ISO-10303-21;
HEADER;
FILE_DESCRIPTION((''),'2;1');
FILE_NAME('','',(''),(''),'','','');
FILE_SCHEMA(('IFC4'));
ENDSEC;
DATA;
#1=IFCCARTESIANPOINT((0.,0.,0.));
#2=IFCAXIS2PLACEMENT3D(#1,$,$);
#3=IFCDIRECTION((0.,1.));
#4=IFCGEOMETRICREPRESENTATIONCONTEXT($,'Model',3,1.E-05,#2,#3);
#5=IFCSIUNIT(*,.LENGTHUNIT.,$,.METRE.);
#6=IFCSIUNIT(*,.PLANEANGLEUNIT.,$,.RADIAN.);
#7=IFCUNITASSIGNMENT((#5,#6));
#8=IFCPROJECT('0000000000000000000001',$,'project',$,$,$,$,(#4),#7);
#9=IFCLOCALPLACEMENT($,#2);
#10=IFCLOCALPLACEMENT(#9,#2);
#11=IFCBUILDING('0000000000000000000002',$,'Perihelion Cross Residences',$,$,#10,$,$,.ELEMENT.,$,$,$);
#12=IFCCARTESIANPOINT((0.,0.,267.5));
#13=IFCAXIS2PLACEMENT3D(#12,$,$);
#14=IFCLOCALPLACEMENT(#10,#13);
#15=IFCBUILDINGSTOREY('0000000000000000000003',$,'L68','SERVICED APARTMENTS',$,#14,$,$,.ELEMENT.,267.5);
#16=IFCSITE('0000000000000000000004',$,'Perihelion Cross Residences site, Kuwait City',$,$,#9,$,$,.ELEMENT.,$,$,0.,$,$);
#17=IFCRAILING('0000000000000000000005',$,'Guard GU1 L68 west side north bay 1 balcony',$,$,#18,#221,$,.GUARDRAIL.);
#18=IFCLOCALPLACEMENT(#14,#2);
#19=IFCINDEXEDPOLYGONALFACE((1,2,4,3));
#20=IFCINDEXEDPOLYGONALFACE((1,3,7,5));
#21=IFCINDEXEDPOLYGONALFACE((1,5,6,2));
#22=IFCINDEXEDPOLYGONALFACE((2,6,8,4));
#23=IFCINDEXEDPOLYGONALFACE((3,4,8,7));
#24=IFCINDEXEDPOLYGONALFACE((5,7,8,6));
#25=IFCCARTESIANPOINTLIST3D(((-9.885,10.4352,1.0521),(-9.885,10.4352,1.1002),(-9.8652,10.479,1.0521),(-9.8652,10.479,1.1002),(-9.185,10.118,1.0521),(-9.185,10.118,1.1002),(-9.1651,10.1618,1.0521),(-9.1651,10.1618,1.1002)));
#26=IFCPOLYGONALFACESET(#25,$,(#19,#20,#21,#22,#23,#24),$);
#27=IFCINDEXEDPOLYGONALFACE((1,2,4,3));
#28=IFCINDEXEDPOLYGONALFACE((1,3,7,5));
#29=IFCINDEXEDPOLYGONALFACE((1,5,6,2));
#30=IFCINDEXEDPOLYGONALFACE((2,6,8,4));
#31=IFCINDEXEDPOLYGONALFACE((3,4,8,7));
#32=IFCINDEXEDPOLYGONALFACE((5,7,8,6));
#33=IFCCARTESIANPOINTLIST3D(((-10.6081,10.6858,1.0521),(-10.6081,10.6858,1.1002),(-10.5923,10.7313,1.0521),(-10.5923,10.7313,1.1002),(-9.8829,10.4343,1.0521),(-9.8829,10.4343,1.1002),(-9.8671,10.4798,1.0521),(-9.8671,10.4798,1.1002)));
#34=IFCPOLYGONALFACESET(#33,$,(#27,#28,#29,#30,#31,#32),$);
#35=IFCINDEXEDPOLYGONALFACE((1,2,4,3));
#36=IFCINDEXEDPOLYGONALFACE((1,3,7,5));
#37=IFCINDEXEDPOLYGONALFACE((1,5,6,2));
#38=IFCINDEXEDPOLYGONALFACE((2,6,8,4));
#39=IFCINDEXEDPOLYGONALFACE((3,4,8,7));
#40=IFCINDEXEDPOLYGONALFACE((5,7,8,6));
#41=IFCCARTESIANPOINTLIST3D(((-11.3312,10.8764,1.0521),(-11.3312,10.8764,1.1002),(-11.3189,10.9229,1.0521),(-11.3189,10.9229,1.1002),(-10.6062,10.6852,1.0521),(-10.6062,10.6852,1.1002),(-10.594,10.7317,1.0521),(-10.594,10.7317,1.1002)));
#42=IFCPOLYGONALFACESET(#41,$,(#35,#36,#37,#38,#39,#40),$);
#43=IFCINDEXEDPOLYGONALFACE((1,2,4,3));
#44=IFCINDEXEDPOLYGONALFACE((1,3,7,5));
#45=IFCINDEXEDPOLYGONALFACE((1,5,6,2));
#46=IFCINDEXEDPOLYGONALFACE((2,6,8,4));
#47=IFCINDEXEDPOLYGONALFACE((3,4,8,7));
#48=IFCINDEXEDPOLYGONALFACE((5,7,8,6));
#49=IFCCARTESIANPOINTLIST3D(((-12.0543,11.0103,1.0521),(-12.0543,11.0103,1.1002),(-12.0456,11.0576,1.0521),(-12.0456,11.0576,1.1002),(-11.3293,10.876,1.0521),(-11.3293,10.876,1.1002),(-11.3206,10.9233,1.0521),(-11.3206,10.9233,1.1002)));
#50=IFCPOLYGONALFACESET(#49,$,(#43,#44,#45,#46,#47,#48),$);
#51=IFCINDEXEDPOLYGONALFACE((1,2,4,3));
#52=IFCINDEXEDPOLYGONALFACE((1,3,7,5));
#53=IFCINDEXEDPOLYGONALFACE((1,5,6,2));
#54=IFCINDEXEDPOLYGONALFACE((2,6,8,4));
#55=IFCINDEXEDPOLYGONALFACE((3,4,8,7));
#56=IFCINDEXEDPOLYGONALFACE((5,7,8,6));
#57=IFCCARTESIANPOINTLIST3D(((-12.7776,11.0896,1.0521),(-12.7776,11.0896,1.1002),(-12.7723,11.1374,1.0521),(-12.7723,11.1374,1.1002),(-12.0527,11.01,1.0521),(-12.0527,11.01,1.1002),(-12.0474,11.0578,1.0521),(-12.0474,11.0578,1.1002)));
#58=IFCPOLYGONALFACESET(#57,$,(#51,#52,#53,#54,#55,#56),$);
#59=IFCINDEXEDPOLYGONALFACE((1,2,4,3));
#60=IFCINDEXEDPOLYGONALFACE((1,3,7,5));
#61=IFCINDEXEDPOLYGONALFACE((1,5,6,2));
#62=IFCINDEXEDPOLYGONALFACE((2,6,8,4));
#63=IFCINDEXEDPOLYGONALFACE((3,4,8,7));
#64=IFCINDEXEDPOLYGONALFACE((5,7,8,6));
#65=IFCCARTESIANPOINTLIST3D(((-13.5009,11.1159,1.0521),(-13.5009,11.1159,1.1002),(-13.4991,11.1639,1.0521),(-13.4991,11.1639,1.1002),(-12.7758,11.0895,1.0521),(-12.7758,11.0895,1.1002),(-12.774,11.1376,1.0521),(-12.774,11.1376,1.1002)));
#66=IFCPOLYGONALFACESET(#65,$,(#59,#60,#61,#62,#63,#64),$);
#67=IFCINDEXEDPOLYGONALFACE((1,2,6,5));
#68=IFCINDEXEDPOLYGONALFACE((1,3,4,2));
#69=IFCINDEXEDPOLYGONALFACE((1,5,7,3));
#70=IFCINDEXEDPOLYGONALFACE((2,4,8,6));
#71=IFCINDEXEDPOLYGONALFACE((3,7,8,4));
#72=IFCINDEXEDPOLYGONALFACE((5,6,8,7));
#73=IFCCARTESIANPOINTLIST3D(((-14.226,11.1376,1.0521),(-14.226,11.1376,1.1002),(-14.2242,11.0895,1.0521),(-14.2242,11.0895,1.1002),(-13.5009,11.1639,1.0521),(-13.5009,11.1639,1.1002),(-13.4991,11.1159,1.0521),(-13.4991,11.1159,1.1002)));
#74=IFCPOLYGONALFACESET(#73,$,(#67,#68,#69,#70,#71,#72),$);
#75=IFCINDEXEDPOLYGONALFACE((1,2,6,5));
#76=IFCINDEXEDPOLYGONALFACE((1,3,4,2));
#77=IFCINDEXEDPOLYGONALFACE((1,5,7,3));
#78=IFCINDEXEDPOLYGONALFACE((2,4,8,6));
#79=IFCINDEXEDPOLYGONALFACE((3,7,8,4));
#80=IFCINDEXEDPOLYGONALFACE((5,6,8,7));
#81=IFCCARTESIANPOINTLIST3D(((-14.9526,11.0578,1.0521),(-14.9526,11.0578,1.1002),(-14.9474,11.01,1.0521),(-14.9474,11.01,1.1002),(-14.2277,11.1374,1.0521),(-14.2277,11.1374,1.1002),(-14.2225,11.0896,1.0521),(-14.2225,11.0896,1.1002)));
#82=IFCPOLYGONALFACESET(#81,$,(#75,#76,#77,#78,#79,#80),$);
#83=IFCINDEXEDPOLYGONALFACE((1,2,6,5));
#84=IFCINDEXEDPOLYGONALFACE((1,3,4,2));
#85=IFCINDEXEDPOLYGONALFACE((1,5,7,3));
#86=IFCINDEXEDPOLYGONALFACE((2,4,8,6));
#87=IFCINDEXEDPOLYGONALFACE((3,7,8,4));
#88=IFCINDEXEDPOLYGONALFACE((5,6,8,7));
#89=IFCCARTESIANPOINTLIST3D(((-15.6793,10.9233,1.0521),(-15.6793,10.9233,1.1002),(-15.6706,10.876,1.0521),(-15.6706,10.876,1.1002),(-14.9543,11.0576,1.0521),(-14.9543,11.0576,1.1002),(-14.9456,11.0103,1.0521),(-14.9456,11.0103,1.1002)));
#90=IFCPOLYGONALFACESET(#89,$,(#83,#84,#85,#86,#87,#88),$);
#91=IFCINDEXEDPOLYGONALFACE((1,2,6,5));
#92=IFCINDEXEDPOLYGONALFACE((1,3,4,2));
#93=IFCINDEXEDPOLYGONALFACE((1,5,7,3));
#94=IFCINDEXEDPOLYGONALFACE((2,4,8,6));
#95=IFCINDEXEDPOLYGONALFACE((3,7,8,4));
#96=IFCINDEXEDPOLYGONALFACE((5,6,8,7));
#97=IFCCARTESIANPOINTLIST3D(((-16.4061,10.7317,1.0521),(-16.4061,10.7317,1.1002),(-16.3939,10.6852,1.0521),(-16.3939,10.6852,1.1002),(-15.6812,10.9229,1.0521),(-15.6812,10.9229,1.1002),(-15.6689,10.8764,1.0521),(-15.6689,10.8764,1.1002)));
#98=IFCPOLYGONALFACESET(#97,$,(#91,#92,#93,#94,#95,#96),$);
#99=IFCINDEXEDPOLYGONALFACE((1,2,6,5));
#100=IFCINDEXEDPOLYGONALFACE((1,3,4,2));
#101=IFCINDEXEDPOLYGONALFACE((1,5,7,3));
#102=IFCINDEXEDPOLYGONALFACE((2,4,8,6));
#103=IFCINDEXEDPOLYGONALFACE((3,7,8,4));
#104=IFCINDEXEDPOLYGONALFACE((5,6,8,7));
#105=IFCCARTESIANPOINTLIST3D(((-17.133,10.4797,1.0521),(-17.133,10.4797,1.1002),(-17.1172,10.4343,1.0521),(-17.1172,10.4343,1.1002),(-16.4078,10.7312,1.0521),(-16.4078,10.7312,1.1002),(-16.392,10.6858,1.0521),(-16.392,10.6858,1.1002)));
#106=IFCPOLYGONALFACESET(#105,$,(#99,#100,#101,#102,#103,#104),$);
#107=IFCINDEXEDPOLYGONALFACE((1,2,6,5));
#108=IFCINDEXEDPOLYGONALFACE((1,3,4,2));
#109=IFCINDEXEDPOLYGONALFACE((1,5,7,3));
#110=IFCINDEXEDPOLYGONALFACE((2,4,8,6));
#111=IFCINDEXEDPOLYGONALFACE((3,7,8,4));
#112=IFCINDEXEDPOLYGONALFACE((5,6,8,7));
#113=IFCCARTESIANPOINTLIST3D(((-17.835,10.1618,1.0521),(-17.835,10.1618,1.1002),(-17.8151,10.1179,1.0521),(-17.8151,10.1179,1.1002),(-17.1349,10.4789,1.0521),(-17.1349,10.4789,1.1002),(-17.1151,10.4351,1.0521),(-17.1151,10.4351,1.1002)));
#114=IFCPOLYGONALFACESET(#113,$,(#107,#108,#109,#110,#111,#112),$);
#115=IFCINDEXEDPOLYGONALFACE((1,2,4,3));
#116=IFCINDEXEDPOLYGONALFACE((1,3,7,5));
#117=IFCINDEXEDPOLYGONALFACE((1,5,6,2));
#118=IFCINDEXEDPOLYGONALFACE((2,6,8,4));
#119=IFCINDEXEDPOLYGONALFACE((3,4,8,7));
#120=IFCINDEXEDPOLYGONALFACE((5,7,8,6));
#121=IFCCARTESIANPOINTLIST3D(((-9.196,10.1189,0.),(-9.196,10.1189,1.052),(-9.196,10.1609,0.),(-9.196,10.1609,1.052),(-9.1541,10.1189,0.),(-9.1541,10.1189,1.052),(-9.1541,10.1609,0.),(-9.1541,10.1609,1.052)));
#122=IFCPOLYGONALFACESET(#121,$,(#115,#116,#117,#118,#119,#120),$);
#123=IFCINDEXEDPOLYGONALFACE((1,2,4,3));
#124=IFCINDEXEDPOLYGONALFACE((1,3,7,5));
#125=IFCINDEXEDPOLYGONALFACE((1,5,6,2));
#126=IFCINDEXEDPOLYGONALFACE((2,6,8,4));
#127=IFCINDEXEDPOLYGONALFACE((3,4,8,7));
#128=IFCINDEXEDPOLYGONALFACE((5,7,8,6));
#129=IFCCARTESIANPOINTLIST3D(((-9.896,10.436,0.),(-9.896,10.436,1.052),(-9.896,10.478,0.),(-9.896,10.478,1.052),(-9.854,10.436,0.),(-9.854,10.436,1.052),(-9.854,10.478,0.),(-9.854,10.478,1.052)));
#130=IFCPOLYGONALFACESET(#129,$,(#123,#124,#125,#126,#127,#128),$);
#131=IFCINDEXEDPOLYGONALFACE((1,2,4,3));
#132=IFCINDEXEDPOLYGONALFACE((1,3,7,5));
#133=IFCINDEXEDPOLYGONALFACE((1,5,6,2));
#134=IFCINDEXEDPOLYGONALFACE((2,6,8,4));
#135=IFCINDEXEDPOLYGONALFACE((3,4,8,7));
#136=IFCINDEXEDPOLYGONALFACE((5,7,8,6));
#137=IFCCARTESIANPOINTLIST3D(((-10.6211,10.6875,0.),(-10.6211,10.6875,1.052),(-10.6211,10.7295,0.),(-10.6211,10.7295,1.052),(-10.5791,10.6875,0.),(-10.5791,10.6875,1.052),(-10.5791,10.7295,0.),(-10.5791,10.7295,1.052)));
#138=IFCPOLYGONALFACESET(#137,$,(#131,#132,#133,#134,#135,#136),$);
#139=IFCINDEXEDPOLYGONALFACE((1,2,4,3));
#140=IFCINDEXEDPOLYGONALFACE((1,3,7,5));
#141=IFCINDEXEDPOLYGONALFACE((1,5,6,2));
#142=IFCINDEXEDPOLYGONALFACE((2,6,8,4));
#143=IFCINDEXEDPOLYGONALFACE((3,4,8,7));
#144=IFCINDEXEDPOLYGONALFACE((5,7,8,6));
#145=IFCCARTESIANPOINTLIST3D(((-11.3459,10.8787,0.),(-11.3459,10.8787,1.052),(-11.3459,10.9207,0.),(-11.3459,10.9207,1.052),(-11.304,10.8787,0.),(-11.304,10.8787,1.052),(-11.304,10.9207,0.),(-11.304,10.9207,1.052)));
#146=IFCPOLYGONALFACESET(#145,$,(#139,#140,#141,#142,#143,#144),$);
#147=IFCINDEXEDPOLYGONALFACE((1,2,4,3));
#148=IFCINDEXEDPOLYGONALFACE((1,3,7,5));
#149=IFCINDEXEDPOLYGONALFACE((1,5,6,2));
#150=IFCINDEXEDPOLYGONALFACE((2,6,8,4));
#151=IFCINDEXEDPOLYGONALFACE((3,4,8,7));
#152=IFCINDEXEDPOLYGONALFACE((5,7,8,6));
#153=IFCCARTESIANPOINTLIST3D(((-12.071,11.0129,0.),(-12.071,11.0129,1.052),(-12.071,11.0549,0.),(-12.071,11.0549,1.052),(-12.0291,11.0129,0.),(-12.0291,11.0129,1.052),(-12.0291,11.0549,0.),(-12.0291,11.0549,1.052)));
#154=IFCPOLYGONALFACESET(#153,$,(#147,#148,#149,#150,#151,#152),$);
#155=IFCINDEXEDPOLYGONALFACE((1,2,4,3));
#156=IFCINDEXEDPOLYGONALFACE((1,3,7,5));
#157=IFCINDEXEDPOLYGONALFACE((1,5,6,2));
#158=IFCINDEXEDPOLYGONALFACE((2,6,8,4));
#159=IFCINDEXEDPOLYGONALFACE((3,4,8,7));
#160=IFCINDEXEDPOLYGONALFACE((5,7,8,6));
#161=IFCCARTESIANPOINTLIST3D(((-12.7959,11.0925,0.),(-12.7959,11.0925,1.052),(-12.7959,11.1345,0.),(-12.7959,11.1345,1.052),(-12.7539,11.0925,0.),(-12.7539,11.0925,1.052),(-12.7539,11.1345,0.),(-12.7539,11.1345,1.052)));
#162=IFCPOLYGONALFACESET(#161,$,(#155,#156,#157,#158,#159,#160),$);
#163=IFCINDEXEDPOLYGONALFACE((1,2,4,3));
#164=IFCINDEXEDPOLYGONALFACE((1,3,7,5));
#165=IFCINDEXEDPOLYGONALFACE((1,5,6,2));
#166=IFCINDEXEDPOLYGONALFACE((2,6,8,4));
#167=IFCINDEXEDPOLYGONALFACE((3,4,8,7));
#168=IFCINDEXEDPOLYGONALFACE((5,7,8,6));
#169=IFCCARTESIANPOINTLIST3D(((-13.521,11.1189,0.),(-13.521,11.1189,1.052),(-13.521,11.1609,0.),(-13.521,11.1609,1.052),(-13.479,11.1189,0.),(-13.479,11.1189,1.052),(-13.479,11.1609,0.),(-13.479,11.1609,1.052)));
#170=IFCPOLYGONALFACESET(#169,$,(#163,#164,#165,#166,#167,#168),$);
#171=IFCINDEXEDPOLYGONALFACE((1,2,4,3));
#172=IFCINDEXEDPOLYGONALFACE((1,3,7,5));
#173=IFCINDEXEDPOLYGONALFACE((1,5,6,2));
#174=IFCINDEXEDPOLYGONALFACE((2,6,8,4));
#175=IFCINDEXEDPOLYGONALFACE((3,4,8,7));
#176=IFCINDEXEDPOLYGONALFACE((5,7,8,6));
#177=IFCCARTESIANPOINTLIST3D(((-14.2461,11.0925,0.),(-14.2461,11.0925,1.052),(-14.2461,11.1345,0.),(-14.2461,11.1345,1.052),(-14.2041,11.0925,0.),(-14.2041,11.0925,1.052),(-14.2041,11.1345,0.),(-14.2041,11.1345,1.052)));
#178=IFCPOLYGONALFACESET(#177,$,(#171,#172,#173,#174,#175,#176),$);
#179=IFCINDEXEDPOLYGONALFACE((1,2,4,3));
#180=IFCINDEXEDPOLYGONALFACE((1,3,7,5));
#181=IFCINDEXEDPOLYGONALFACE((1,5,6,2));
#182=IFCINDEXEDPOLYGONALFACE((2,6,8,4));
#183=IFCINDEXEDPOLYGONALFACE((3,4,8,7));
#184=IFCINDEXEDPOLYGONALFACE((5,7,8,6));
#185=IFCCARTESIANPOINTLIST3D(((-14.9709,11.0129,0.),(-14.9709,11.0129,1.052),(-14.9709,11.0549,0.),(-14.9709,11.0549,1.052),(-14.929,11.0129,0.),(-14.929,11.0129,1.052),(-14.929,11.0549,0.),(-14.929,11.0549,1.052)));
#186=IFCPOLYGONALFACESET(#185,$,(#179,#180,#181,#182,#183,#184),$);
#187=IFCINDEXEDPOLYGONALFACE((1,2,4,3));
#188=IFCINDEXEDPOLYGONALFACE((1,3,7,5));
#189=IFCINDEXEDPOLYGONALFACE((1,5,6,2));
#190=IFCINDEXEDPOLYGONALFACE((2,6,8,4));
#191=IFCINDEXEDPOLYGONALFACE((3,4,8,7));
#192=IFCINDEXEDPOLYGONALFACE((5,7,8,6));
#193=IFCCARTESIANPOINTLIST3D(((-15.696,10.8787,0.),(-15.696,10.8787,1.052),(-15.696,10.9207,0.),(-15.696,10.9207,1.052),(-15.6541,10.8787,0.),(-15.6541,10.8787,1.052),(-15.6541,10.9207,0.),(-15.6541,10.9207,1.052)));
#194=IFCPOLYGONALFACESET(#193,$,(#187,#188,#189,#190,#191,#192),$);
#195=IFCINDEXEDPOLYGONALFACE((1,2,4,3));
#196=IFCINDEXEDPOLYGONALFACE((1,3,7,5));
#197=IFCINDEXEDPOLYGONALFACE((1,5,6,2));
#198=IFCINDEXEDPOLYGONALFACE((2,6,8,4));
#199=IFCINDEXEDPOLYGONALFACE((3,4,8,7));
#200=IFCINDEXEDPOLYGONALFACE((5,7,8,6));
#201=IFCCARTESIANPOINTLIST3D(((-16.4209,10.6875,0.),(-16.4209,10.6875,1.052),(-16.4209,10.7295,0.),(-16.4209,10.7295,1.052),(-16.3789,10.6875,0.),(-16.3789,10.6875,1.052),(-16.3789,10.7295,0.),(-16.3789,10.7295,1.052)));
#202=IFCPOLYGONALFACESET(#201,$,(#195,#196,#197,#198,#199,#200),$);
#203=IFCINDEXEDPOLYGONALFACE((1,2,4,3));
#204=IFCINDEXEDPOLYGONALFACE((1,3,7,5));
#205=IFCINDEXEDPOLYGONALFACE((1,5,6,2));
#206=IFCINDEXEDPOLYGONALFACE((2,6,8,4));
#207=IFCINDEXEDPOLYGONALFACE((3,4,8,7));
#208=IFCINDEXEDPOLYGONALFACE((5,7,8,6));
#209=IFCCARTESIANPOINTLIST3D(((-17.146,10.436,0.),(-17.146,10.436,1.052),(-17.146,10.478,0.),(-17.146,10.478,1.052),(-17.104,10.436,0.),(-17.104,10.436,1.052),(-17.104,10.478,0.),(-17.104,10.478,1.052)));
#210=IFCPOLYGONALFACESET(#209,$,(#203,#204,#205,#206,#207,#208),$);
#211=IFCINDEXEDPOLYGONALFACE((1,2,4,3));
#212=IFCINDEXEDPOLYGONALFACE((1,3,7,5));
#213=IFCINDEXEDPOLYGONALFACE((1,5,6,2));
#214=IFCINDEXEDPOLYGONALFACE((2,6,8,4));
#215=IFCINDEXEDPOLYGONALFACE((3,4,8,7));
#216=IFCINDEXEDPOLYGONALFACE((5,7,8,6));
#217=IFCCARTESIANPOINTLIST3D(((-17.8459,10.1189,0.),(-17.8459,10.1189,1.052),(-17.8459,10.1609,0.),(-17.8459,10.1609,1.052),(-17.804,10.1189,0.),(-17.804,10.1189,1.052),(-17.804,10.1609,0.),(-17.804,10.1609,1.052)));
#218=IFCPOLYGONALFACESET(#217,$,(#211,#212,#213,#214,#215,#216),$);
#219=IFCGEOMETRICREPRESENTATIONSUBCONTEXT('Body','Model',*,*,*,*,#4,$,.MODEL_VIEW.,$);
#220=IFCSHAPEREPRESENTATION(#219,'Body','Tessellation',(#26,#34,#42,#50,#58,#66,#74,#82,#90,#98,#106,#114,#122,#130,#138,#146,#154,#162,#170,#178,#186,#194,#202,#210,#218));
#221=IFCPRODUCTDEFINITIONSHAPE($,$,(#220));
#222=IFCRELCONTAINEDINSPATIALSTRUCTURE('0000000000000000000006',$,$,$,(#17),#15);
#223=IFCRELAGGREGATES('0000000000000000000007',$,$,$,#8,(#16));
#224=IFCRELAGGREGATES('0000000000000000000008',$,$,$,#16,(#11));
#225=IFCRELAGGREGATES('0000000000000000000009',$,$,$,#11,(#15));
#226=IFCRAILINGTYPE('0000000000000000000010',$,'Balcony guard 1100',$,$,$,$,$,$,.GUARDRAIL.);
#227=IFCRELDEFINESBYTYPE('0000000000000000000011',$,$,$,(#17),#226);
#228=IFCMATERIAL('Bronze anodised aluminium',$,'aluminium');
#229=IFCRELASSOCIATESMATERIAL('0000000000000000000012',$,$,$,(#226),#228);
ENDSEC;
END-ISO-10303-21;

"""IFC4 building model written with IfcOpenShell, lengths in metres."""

from ifc_helpers import new_model, si_unit, direction, frame, origin, origin_2d, place, context, subcontext, project, spatial, rectangle, extrude, material, type_object, element, save


model = new_model("IFC4")

# Units and contexts
model_context = context("Model", 3, precision=1e-05, world=origin(), true_north=direction((0.0, 1.0)))
body_context = subcontext(model_context, "Body", "Model", "MODEL_VIEW")
ifc_project = project(units=[si_unit("LENGTHUNIT", "METRE"), si_unit("PLANEANGLEUNIT", "RADIAN")], contexts=[model_context])

# Site, building, storey
site_placement = place(None, origin())
site = spatial("IfcSite", under=ifc_project, at=site_placement, Name="Perihelion Cross Residences site, Kuwait City", CompositionType="ELEMENT", RefElevation=0.0)
building_placement = place(site_placement, origin())
building = spatial("IfcBuilding", under=site, at=building_placement, Name="Perihelion Cross Residences", CompositionType="ELEMENT")
storey_placement = place(building_placement, frame((0.0, 0.0, 267.5)))
storey = spatial("IfcBuildingStorey", under=building, at=storey_placement, Name="L68", Description="SERVICED APARTMENTS", CompositionType="ELEMENT", Elevation=267.5)

# Railing
ifc_material_1 = material(Name="Bronze anodised aluminium", Category="aluminium")
railing_type = type_object("IfcRailingType", Name="Balcony guard 1100", PredefinedType="GUARDRAIL", material=ifc_material_1)
railing_1_placement = place(storey_placement, frame((-9.175, 10.1399, 0.0)))
element("IfcRailing", 1, at=railing_1_placement, inside=storey, type_object=railing_type, Name="Guard GU1 L68 west side north bay 1 balcony", PredefinedType="GUARDRAIL", context=body_context, shape_type="SweptSolid", body=[
    extrude(rectangle(XDim=0.0481, YDim=0.0481, at=origin_2d()), frame((0.0, 0.0, 1.0762), z_axis=(-0.910866, 0.412702, 0.0), x_axis=(-0.412702, -0.910866, 0.0)), (0.0, 0.0, 1.0), 0.7686),
    extrude(rectangle(XDim=0.0481, YDim=0.0481, at=origin_2d()), frame((-0.7, 0.3171, 1.0762), z_axis=(-0.944797, 0.327657, 0.0), x_axis=(-0.327657, -0.944797, 0.0)), (0.0, 0.0, 1.0), 0.7676),
    extrude(rectangle(XDim=0.0481, YDim=0.0481, at=origin_2d()), frame((-1.425, 0.5686, 1.0762), z_axis=(-0.966939, 0.255006, 0.0), x_axis=(-0.255006, -0.966939, 0.0)), (0.0, 0.0, 1.0), 0.7498),
    extrude(rectangle(XDim=0.0481, YDim=0.0481, at=origin_2d()), frame((-2.1499, 0.7598, 1.0762), z_axis=(-0.983282, 0.182089, 0.0), x_axis=(-0.182089, -0.983282, 0.0)), (0.0, 0.0, 1.0), 0.7373),
    extrude(rectangle(XDim=0.0481, YDim=0.0481, at=origin_2d()), frame((-2.875, 0.894, 1.0762), z_axis=(-0.994026, 0.109145, 0.0), x_axis=(-0.109145, -0.994026, 0.0)), (0.0, 0.0, 1.0), 0.7292),
    extrude(rectangle(XDim=0.0481, YDim=0.0481, at=origin_2d()), frame((-3.5999, 0.9736, 1.0762), z_axis=(-0.999339, 0.03634, 0.0), x_axis=(-0.03634, -0.999339, 0.0)), (0.0, 0.0, 1.0), 0.7256),
    extrude(rectangle(XDim=0.0481, YDim=0.0481, at=origin_2d()), frame((-4.325, 1.0, 1.0762), z_axis=(-0.999339, -0.03634, 0.0), x_axis=(0.03634, -0.999339, 0.0)), (0.0, 0.0, 1.0), 0.7256),
    extrude(rectangle(XDim=0.0481, YDim=0.0481, at=origin_2d()), frame((-5.05, 0.9736, 1.0762), z_axis=(-0.994026, -0.109145, 0.0), x_axis=(0.109145, -0.994026, 0.0)), (0.0, 0.0, 1.0), 0.7292),
    extrude(rectangle(XDim=0.0481, YDim=0.0481, at=origin_2d()), frame((-5.7749, 0.894, 1.0762), z_axis=(-0.983282, -0.182089, 0.0), x_axis=(0.182089, -0.983282, 0.0)), (0.0, 0.0, 1.0), 0.7373),
    extrude(rectangle(XDim=0.0481, YDim=0.0481, at=origin_2d()), frame((-6.5, 0.7598, 1.0762), z_axis=(-0.966939, -0.255006, 0.0), x_axis=(0.255006, -0.966939, 0.0)), (0.0, 0.0, 1.0), 0.7498),
    extrude(rectangle(XDim=0.0481, YDim=0.0481, at=origin_2d()), frame((-7.2249, 0.5686, 1.0762), z_axis=(-0.944797, -0.327657, 0.0), x_axis=(0.327657, -0.944797, 0.0)), (0.0, 0.0, 1.0), 0.7676),
    extrude(rectangle(XDim=0.0481, YDim=0.0481, at=origin_2d()), frame((-7.95, 0.3171, 1.0762), z_axis=(-0.910866, -0.412702, 0.0), x_axis=(0.412702, -0.910866, 0.0)), (0.0, 0.0, 1.0), 0.7686),
    extrude(rectangle(XDim=0.042, YDim=0.042, at=origin_2d()), origin(), (0.0, 0.0, 1.0), 1.052),
    extrude(rectangle(XDim=0.042, YDim=0.042, at=origin_2d()), frame((-0.7, 0.3171, 0.0)), (0.0, 0.0, 1.0), 1.052),
    extrude(rectangle(XDim=0.042, YDim=0.042, at=origin_2d()), frame((-1.425, 0.5686, 0.0)), (0.0, 0.0, 1.0), 1.052),
    extrude(rectangle(XDim=0.042, YDim=0.042, at=origin_2d()), frame((-2.1499, 0.7598, 0.0)), (0.0, 0.0, 1.0), 1.052),
    extrude(rectangle(XDim=0.042, YDim=0.042, at=origin_2d()), frame((-2.875, 0.894, 0.0)), (0.0, 0.0, 1.0), 1.052),
    extrude(rectangle(XDim=0.042, YDim=0.042, at=origin_2d()), frame((-3.5999, 0.9736, 0.0)), (0.0, 0.0, 1.0), 1.052),
    extrude(rectangle(XDim=0.042, YDim=0.042, at=origin_2d()), frame((-4.325, 1.0, 0.0)), (0.0, 0.0, 1.0), 1.052),
    extrude(rectangle(XDim=0.042, YDim=0.042, at=origin_2d()), frame((-5.05, 0.9736, 0.0)), (0.0, 0.0, 1.0), 1.052),
    extrude(rectangle(XDim=0.042, YDim=0.042, at=origin_2d()), frame((-5.7749, 0.894, 0.0)), (0.0, 0.0, 1.0), 1.052),
    extrude(rectangle(XDim=0.042, YDim=0.042, at=origin_2d()), frame((-6.5, 0.7598, 0.0)), (0.0, 0.0, 1.0), 1.052),
    extrude(rectangle(XDim=0.042, YDim=0.042, at=origin_2d()), frame((-7.2249, 0.5686, 0.0)), (0.0, 0.0, 1.0), 1.052),
    extrude(rectangle(XDim=0.042, YDim=0.042, at=origin_2d()), frame((-7.95, 0.3171, 0.0)), (0.0, 0.0, 1.0), 1.052),
    extrude(rectangle(XDim=0.042, YDim=0.042, at=origin_2d()), frame((-8.6499, 0.0, 0.0)), (0.0, 0.0, 1.0), 1.052),
])

save(model, "model.ifc")
